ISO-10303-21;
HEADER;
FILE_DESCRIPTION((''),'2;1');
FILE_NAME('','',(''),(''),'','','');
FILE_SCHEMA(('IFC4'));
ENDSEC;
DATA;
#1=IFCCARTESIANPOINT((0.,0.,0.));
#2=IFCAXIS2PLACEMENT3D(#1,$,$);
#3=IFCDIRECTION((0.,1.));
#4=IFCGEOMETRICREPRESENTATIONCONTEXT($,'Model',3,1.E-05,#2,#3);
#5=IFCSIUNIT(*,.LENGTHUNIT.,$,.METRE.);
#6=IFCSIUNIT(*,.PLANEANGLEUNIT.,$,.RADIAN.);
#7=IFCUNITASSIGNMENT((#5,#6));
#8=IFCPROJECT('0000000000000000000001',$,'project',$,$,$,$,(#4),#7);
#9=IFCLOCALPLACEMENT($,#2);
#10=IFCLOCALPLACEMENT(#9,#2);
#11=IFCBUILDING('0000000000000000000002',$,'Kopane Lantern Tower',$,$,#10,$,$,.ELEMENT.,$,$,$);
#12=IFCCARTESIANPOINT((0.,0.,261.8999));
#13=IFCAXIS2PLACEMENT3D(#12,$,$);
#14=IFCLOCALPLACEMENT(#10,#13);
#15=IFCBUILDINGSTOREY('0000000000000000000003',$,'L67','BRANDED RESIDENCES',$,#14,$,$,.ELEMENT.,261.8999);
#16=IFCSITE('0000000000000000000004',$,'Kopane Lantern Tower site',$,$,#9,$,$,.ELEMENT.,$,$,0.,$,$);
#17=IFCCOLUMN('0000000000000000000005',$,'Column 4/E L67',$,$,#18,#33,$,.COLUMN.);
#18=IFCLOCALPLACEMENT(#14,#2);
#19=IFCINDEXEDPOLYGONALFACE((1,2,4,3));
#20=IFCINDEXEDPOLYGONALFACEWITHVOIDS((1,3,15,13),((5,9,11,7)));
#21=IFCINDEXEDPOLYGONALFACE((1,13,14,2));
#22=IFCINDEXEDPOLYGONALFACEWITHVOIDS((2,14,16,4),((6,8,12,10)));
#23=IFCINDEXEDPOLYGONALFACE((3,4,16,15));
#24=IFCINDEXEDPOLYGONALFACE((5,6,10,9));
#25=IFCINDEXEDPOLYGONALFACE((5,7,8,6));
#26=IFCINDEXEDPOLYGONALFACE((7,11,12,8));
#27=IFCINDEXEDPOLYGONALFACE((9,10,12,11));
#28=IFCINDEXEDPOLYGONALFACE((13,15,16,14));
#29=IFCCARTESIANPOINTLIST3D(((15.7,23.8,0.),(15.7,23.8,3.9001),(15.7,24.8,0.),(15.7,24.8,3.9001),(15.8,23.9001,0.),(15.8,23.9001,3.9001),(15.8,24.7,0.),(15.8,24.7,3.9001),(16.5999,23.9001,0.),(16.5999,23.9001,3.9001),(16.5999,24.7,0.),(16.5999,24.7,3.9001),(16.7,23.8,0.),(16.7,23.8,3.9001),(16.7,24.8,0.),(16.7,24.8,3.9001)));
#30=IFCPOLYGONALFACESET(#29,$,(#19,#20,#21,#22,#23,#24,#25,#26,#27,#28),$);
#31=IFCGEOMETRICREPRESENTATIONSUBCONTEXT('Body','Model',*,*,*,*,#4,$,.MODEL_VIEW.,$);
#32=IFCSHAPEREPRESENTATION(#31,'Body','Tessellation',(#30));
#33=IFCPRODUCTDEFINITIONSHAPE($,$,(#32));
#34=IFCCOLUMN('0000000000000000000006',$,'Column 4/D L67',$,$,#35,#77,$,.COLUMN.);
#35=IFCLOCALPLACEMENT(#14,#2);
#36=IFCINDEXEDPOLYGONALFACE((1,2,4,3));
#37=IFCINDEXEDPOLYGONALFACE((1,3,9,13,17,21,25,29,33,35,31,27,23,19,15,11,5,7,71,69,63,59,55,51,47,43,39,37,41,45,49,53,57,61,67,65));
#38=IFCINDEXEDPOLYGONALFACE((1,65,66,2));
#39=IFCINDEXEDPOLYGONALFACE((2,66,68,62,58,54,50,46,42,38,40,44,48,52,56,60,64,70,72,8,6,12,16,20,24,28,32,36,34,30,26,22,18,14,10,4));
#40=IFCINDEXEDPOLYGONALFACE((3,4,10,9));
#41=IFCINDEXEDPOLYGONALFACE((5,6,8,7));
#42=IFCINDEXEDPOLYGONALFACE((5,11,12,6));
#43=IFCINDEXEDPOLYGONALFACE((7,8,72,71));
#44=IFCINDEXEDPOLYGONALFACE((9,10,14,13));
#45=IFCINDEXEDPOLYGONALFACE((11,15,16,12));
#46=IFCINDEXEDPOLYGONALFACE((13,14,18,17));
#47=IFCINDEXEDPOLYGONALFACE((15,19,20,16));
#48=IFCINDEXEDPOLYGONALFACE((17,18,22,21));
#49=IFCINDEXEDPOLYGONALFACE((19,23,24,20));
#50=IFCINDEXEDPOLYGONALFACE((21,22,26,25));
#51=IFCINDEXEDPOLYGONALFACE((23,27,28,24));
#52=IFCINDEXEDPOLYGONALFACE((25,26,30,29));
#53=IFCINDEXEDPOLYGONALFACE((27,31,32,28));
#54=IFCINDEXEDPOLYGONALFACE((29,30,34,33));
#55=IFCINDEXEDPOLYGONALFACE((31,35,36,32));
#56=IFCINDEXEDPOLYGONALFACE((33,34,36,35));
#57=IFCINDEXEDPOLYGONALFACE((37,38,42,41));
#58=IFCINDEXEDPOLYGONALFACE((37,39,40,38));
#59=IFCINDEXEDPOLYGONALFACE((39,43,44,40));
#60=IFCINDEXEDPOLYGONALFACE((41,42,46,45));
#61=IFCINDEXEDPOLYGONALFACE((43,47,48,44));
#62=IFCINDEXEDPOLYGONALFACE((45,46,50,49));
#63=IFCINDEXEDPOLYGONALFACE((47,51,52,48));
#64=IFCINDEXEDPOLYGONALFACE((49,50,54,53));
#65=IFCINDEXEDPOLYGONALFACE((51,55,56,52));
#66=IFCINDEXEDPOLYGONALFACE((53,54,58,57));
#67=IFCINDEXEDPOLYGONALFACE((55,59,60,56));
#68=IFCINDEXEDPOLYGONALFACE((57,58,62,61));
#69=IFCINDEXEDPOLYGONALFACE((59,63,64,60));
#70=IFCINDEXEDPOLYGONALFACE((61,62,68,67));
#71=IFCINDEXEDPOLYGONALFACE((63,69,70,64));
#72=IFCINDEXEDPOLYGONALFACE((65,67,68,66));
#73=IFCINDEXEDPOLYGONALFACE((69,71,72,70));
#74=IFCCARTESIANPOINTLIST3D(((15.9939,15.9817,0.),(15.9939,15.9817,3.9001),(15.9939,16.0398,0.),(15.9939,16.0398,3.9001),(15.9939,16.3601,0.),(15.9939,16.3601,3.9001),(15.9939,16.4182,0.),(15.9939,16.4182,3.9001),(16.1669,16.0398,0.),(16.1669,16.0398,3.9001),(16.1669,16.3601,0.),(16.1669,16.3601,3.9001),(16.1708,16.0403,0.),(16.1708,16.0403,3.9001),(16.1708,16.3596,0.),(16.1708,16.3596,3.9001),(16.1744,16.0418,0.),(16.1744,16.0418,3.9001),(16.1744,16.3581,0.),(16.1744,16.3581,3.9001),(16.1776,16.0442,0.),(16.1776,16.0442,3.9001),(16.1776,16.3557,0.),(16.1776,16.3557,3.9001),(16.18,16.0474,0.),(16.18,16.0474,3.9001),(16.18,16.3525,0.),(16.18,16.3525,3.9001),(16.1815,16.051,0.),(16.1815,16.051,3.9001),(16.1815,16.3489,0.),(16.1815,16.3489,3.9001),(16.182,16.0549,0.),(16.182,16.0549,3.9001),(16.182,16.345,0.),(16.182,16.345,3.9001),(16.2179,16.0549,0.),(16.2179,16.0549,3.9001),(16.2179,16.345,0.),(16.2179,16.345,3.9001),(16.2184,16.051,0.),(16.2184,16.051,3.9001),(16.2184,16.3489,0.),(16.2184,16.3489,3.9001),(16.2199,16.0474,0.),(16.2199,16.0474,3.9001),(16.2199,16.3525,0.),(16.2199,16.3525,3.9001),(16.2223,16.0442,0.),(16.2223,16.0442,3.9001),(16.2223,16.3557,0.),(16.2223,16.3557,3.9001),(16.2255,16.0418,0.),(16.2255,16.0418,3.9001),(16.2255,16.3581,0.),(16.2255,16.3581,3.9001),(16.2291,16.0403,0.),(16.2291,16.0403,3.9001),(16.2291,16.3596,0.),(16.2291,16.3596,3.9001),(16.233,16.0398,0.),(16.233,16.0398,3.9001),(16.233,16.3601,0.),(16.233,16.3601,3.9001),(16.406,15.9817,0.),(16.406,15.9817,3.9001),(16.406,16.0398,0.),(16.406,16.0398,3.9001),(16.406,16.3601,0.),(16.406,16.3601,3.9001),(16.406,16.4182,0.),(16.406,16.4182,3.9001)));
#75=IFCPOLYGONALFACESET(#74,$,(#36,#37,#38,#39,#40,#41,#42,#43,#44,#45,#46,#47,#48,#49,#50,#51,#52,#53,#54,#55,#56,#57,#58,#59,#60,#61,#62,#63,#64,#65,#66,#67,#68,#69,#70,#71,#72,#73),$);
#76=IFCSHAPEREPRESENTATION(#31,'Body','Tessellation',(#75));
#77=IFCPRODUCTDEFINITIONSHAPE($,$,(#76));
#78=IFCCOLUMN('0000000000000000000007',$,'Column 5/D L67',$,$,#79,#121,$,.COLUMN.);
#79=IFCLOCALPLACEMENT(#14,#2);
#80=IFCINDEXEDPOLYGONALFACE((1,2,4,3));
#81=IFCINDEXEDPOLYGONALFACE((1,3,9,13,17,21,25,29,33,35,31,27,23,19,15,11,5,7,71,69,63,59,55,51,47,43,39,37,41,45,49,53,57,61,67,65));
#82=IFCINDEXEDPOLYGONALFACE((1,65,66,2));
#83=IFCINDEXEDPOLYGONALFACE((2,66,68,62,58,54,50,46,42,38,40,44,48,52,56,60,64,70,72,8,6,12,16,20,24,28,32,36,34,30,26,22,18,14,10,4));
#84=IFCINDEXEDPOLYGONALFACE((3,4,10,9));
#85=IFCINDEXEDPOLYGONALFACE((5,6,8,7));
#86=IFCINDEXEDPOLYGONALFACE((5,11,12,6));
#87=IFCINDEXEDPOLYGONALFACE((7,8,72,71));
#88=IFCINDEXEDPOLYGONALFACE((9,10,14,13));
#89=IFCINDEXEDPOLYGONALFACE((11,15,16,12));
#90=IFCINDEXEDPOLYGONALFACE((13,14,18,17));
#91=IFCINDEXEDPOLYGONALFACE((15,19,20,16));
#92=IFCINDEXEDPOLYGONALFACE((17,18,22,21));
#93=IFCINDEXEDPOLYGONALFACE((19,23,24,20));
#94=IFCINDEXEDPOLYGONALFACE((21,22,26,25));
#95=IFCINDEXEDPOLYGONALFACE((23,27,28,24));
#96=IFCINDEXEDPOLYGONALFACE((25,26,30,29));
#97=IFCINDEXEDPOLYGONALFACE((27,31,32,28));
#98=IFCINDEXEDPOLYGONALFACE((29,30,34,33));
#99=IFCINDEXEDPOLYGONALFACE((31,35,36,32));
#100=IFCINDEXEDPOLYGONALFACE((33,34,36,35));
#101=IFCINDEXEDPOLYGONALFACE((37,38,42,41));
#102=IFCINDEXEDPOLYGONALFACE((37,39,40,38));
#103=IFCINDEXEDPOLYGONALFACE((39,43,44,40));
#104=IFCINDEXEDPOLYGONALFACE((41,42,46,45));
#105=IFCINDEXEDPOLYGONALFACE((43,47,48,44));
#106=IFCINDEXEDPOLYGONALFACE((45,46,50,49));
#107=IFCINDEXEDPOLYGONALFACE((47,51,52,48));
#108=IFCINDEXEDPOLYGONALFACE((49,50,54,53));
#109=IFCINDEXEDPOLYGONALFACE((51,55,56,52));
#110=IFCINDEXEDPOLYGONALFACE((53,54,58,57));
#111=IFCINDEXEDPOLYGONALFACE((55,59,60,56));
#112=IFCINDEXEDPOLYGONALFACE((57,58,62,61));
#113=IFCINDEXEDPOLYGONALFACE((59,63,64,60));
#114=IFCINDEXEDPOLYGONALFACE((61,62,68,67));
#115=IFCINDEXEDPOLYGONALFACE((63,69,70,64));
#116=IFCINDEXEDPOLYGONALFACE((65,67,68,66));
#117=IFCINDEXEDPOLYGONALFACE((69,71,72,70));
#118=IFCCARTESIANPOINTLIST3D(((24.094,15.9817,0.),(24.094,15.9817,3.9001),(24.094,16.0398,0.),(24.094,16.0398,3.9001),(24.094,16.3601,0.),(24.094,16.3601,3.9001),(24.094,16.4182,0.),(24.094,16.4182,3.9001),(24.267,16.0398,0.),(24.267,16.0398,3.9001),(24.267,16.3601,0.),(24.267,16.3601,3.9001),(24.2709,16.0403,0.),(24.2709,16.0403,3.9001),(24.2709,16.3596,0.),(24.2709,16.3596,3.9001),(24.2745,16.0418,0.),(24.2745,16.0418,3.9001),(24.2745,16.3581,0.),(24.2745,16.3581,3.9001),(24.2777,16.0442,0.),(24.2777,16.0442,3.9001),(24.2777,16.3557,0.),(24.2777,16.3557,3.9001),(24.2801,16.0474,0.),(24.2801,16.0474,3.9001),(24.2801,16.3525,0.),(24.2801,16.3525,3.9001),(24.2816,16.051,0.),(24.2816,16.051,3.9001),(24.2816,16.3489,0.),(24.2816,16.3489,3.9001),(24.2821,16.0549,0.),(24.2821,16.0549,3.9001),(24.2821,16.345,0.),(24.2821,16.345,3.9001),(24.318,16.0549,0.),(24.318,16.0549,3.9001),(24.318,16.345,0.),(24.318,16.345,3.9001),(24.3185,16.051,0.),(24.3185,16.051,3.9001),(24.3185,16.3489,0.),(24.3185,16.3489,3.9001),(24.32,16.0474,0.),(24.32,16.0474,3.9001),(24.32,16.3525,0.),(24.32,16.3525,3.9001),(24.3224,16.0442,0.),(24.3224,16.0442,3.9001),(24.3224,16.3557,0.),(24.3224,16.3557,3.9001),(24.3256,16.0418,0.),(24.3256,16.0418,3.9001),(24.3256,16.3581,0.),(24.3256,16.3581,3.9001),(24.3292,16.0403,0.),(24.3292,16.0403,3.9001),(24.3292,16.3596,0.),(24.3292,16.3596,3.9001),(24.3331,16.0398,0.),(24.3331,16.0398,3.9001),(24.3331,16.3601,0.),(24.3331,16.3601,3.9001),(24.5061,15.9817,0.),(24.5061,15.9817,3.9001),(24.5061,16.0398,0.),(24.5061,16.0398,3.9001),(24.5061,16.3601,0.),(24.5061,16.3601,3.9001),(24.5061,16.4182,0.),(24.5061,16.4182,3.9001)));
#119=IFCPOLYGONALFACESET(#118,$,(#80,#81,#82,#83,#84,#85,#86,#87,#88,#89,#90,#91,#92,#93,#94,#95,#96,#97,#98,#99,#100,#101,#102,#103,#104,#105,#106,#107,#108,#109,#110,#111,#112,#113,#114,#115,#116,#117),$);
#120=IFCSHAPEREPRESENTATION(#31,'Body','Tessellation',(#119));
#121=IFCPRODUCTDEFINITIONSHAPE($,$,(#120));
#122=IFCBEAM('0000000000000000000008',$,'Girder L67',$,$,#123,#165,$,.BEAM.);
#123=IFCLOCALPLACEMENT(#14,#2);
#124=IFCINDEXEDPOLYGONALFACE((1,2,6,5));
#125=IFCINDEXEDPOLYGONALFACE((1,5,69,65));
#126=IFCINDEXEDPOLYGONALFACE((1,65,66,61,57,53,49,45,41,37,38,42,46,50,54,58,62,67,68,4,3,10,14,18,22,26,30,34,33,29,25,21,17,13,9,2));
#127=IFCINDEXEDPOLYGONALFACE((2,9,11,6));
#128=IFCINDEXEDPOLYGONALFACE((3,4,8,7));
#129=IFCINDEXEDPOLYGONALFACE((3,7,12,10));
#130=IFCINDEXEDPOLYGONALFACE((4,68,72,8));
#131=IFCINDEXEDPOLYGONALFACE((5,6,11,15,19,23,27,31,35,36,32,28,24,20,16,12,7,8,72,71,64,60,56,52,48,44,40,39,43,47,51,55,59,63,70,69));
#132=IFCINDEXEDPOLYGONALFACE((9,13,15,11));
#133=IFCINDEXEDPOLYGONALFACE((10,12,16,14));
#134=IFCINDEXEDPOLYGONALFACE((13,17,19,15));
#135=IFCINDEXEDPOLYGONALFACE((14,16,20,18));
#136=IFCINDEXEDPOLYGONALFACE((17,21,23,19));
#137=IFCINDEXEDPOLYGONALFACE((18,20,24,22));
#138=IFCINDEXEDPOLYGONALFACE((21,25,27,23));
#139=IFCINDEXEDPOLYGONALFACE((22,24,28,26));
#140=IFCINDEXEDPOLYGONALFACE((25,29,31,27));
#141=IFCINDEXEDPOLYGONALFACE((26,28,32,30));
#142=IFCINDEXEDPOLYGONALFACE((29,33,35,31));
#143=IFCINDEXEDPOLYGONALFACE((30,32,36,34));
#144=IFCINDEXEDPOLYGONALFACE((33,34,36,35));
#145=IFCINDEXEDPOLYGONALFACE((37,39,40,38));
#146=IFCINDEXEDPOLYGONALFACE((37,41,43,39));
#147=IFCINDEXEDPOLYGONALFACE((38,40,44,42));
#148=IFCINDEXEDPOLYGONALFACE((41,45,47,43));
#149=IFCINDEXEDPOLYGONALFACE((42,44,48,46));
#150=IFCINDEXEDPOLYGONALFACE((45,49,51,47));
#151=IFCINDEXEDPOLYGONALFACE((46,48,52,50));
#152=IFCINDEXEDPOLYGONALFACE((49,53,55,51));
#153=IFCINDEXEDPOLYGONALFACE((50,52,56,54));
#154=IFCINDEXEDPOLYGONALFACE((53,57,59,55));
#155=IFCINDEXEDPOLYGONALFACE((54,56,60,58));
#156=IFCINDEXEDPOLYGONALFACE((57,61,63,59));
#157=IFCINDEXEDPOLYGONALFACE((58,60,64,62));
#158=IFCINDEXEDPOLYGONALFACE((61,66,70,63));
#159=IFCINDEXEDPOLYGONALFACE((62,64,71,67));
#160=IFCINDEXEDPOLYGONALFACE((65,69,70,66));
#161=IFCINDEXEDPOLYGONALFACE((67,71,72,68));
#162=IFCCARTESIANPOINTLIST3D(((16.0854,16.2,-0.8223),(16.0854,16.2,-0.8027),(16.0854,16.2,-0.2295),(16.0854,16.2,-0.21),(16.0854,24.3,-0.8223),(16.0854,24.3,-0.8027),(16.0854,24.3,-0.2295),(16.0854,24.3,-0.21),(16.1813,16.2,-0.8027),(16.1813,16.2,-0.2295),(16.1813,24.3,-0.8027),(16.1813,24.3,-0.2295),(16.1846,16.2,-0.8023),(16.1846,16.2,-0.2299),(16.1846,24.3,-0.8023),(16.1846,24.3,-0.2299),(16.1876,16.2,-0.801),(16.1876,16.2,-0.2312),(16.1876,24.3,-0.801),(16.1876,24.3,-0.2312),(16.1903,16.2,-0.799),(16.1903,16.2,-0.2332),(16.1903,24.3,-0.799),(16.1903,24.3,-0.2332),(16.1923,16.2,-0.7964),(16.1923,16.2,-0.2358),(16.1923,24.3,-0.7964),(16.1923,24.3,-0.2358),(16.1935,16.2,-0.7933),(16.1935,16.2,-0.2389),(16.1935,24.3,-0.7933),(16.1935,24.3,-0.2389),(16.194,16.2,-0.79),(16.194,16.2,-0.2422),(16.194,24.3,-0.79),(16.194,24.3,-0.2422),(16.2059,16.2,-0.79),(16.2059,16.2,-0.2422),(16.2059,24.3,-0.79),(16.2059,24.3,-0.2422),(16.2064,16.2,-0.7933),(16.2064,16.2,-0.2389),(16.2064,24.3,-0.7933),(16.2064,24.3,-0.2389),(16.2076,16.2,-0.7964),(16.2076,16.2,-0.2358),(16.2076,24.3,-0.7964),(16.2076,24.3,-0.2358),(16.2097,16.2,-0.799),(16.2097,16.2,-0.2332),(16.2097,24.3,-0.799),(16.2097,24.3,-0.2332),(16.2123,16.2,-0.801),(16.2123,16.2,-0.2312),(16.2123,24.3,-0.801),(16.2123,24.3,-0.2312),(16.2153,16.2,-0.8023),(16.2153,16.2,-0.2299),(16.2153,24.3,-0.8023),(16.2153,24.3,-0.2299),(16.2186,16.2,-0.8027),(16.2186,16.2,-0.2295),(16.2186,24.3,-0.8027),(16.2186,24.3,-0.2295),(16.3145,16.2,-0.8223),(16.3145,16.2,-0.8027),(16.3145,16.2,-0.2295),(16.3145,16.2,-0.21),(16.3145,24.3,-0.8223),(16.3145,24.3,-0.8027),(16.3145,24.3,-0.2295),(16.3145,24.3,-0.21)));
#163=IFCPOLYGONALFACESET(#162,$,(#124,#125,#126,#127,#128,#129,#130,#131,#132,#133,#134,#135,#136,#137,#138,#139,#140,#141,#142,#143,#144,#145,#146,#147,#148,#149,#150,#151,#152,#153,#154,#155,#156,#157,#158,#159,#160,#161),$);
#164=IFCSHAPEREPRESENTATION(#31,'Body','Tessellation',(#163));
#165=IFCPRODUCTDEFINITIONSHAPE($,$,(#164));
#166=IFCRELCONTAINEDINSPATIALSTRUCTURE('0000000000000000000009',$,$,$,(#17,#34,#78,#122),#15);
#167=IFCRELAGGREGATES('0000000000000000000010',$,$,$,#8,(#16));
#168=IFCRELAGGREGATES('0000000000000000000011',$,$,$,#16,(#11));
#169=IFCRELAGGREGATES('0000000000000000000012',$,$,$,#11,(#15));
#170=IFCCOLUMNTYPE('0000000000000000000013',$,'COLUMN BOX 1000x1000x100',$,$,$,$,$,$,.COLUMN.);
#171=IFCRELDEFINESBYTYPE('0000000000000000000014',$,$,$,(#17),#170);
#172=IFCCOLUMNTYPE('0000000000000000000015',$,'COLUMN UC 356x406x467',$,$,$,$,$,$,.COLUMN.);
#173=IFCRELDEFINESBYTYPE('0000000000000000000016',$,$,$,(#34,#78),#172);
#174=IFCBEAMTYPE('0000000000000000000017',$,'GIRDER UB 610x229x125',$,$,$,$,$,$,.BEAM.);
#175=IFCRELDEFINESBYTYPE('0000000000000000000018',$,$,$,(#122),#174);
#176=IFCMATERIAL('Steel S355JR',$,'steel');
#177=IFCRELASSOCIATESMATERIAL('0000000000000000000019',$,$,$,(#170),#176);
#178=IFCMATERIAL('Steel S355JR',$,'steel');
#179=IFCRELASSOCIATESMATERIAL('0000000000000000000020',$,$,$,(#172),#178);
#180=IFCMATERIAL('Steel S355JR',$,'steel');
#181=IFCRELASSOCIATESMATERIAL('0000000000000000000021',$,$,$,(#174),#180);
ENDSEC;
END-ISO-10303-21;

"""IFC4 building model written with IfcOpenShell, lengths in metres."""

from ifc_helpers import new_model, si_unit, direction, frame, origin, origin_2d, place, context, subcontext, project, spatial, hollow_rectangle, i_section, extrude, material, material_profile, profile_set, type_object, element, save


model = new_model("IFC4")

# Units and contexts
model_context = context("Model", 3, precision=1e-05, world=origin(), true_north=direction((0.0, 1.0)))
body_context = subcontext(model_context, "Body", "Model", "MODEL_VIEW")
ifc_project = project(units=[si_unit("LENGTHUNIT", "METRE"), si_unit("PLANEANGLEUNIT", "RADIAN")], contexts=[model_context])

# Site, building, storey
site_placement = place(None, origin())
site = spatial("IfcSite", under=ifc_project, at=site_placement, Name="Kopane Lantern Tower site", CompositionType="ELEMENT", RefElevation=0.0)
building_placement = place(site_placement, origin())
building = spatial("IfcBuilding", under=site, at=building_placement, Name="Kopane Lantern Tower", CompositionType="ELEMENT")
storey_placement = place(building_placement, frame((0.0, 0.0, 261.8999)))
storey = spatial("IfcBuildingStorey", under=building, at=storey_placement, Name="L67", Description="BRANDED RESIDENCES", CompositionType="ELEMENT", Elevation=261.8999)

# Columns
ifc_material_1 = material(Name="Steel S355JR", Category="steel")
ifc_material_profile_1 = material_profile(ifc_material_1, hollow_rectangle(XDim=1.0, YDim=1.0, WallThickness=0.1001, at=origin_2d()), Name="BOX 1000x1000x100")
ifc_profile_set_1 = profile_set([ifc_material_profile_1], Name="Steel S355JR")
column_type_1 = type_object("IfcColumnType", Name="COLUMN BOX 1000x1000x100", PredefinedType="COLUMN", material=ifc_profile_set_1)
column_placement = place(storey_placement, frame((16.2, 24.3, 0.0), z_axis=(0.0, 0.0, 1.0), x_axis=(1.0, 0.0, 0.0)))
element("IfcColumn", 1, at=column_placement, inside=storey, type_object=column_type_1, Name="Column 4/E L67", PredefinedType="COLUMN", context=body_context, shape_type="SweptSolid", body=[
    extrude(hollow_rectangle(XDim=1.0, YDim=1.0, WallThickness=0.1001, at=origin_2d()), origin(), (0.0, 0.0, 1.0), 3.9001),
])
ifc_material_2 = material(Name="Steel S355JR", Category="steel")
ifc_material_profile_2 = material_profile(ifc_material_2, i_section(OverallWidth=0.4121, OverallDepth=0.4365, WebThickness=0.0359, FlangeThickness=0.0581, FilletRadius=0.0151, at=origin_2d()), Name="UC 356x406x467")
ifc_profile_set_2 = profile_set([ifc_material_profile_2], Name="Steel S355JR")
column_type_2 = type_object("IfcColumnType", Name="COLUMN UC 356x406x467", PredefinedType="COLUMN", material=ifc_profile_set_2)
for number, where, z_axis, x_axis, name in (
    (2, (16.2, 16.2, 0.0), (0.0, 0.0, 1.0), (1.0, 0.0, 0.0), "Column 4/D L67"),
    (3, (24.3, 16.2, 0.0), (0.0, 0.0, 1.0), (1.0, 0.0, 0.0), "Column 5/D L67"),
):
    element("IfcColumn", number, at=place(storey_placement, frame(where, z_axis=z_axis, x_axis=x_axis)), inside=storey, type_object=column_type_2, Name=name, PredefinedType="COLUMN", context=body_context, shape_type="SweptSolid", body=[
        extrude(i_section(OverallWidth=0.4121, OverallDepth=0.4365, WebThickness=0.0359, FlangeThickness=0.0581, FilletRadius=0.0151, at=origin_2d()), origin(), (0.0, 0.0, 1.0), 3.9001),
    ])

# Beam
ifc_material_3 = material(Name="Steel S355JR", Category="steel")
ifc_material_profile_3 = material_profile(ifc_material_3, i_section(OverallWidth=0.229, OverallDepth=0.6123, WebThickness=0.012, FlangeThickness=0.0195, FilletRadius=0.0127, at=origin_2d()), Name="UB 610x229x125")
ifc_profile_set_3 = profile_set([ifc_material_profile_3], Name="Steel S355JR")
beam_type = type_object("IfcBeamType", Name="GIRDER UB 610x229x125", PredefinedType="BEAM", material=ifc_profile_set_3)
for number, where, z_axis, x_axis, name in (
    (4, (16.2, 16.2, -0.5161), (0.0, 1.0, 0.0), (-1.0, 0.0, 0.0), "Girder L67"),
):
    element("IfcBeam", number, at=place(storey_placement, frame(where, z_axis=z_axis, x_axis=x_axis)), inside=storey, type_object=beam_type, Name=name, PredefinedType="BEAM", context=body_context, shape_type="SweptSolid", body=[
        extrude(i_section(OverallWidth=0.229, OverallDepth=0.6123, WebThickness=0.012, FlangeThickness=0.0195, FilletRadius=0.0127, at=origin_2d()), origin(), (0.0, 0.0, 1.0), 8.1001),
    ])

save(model, "model.ifc")
